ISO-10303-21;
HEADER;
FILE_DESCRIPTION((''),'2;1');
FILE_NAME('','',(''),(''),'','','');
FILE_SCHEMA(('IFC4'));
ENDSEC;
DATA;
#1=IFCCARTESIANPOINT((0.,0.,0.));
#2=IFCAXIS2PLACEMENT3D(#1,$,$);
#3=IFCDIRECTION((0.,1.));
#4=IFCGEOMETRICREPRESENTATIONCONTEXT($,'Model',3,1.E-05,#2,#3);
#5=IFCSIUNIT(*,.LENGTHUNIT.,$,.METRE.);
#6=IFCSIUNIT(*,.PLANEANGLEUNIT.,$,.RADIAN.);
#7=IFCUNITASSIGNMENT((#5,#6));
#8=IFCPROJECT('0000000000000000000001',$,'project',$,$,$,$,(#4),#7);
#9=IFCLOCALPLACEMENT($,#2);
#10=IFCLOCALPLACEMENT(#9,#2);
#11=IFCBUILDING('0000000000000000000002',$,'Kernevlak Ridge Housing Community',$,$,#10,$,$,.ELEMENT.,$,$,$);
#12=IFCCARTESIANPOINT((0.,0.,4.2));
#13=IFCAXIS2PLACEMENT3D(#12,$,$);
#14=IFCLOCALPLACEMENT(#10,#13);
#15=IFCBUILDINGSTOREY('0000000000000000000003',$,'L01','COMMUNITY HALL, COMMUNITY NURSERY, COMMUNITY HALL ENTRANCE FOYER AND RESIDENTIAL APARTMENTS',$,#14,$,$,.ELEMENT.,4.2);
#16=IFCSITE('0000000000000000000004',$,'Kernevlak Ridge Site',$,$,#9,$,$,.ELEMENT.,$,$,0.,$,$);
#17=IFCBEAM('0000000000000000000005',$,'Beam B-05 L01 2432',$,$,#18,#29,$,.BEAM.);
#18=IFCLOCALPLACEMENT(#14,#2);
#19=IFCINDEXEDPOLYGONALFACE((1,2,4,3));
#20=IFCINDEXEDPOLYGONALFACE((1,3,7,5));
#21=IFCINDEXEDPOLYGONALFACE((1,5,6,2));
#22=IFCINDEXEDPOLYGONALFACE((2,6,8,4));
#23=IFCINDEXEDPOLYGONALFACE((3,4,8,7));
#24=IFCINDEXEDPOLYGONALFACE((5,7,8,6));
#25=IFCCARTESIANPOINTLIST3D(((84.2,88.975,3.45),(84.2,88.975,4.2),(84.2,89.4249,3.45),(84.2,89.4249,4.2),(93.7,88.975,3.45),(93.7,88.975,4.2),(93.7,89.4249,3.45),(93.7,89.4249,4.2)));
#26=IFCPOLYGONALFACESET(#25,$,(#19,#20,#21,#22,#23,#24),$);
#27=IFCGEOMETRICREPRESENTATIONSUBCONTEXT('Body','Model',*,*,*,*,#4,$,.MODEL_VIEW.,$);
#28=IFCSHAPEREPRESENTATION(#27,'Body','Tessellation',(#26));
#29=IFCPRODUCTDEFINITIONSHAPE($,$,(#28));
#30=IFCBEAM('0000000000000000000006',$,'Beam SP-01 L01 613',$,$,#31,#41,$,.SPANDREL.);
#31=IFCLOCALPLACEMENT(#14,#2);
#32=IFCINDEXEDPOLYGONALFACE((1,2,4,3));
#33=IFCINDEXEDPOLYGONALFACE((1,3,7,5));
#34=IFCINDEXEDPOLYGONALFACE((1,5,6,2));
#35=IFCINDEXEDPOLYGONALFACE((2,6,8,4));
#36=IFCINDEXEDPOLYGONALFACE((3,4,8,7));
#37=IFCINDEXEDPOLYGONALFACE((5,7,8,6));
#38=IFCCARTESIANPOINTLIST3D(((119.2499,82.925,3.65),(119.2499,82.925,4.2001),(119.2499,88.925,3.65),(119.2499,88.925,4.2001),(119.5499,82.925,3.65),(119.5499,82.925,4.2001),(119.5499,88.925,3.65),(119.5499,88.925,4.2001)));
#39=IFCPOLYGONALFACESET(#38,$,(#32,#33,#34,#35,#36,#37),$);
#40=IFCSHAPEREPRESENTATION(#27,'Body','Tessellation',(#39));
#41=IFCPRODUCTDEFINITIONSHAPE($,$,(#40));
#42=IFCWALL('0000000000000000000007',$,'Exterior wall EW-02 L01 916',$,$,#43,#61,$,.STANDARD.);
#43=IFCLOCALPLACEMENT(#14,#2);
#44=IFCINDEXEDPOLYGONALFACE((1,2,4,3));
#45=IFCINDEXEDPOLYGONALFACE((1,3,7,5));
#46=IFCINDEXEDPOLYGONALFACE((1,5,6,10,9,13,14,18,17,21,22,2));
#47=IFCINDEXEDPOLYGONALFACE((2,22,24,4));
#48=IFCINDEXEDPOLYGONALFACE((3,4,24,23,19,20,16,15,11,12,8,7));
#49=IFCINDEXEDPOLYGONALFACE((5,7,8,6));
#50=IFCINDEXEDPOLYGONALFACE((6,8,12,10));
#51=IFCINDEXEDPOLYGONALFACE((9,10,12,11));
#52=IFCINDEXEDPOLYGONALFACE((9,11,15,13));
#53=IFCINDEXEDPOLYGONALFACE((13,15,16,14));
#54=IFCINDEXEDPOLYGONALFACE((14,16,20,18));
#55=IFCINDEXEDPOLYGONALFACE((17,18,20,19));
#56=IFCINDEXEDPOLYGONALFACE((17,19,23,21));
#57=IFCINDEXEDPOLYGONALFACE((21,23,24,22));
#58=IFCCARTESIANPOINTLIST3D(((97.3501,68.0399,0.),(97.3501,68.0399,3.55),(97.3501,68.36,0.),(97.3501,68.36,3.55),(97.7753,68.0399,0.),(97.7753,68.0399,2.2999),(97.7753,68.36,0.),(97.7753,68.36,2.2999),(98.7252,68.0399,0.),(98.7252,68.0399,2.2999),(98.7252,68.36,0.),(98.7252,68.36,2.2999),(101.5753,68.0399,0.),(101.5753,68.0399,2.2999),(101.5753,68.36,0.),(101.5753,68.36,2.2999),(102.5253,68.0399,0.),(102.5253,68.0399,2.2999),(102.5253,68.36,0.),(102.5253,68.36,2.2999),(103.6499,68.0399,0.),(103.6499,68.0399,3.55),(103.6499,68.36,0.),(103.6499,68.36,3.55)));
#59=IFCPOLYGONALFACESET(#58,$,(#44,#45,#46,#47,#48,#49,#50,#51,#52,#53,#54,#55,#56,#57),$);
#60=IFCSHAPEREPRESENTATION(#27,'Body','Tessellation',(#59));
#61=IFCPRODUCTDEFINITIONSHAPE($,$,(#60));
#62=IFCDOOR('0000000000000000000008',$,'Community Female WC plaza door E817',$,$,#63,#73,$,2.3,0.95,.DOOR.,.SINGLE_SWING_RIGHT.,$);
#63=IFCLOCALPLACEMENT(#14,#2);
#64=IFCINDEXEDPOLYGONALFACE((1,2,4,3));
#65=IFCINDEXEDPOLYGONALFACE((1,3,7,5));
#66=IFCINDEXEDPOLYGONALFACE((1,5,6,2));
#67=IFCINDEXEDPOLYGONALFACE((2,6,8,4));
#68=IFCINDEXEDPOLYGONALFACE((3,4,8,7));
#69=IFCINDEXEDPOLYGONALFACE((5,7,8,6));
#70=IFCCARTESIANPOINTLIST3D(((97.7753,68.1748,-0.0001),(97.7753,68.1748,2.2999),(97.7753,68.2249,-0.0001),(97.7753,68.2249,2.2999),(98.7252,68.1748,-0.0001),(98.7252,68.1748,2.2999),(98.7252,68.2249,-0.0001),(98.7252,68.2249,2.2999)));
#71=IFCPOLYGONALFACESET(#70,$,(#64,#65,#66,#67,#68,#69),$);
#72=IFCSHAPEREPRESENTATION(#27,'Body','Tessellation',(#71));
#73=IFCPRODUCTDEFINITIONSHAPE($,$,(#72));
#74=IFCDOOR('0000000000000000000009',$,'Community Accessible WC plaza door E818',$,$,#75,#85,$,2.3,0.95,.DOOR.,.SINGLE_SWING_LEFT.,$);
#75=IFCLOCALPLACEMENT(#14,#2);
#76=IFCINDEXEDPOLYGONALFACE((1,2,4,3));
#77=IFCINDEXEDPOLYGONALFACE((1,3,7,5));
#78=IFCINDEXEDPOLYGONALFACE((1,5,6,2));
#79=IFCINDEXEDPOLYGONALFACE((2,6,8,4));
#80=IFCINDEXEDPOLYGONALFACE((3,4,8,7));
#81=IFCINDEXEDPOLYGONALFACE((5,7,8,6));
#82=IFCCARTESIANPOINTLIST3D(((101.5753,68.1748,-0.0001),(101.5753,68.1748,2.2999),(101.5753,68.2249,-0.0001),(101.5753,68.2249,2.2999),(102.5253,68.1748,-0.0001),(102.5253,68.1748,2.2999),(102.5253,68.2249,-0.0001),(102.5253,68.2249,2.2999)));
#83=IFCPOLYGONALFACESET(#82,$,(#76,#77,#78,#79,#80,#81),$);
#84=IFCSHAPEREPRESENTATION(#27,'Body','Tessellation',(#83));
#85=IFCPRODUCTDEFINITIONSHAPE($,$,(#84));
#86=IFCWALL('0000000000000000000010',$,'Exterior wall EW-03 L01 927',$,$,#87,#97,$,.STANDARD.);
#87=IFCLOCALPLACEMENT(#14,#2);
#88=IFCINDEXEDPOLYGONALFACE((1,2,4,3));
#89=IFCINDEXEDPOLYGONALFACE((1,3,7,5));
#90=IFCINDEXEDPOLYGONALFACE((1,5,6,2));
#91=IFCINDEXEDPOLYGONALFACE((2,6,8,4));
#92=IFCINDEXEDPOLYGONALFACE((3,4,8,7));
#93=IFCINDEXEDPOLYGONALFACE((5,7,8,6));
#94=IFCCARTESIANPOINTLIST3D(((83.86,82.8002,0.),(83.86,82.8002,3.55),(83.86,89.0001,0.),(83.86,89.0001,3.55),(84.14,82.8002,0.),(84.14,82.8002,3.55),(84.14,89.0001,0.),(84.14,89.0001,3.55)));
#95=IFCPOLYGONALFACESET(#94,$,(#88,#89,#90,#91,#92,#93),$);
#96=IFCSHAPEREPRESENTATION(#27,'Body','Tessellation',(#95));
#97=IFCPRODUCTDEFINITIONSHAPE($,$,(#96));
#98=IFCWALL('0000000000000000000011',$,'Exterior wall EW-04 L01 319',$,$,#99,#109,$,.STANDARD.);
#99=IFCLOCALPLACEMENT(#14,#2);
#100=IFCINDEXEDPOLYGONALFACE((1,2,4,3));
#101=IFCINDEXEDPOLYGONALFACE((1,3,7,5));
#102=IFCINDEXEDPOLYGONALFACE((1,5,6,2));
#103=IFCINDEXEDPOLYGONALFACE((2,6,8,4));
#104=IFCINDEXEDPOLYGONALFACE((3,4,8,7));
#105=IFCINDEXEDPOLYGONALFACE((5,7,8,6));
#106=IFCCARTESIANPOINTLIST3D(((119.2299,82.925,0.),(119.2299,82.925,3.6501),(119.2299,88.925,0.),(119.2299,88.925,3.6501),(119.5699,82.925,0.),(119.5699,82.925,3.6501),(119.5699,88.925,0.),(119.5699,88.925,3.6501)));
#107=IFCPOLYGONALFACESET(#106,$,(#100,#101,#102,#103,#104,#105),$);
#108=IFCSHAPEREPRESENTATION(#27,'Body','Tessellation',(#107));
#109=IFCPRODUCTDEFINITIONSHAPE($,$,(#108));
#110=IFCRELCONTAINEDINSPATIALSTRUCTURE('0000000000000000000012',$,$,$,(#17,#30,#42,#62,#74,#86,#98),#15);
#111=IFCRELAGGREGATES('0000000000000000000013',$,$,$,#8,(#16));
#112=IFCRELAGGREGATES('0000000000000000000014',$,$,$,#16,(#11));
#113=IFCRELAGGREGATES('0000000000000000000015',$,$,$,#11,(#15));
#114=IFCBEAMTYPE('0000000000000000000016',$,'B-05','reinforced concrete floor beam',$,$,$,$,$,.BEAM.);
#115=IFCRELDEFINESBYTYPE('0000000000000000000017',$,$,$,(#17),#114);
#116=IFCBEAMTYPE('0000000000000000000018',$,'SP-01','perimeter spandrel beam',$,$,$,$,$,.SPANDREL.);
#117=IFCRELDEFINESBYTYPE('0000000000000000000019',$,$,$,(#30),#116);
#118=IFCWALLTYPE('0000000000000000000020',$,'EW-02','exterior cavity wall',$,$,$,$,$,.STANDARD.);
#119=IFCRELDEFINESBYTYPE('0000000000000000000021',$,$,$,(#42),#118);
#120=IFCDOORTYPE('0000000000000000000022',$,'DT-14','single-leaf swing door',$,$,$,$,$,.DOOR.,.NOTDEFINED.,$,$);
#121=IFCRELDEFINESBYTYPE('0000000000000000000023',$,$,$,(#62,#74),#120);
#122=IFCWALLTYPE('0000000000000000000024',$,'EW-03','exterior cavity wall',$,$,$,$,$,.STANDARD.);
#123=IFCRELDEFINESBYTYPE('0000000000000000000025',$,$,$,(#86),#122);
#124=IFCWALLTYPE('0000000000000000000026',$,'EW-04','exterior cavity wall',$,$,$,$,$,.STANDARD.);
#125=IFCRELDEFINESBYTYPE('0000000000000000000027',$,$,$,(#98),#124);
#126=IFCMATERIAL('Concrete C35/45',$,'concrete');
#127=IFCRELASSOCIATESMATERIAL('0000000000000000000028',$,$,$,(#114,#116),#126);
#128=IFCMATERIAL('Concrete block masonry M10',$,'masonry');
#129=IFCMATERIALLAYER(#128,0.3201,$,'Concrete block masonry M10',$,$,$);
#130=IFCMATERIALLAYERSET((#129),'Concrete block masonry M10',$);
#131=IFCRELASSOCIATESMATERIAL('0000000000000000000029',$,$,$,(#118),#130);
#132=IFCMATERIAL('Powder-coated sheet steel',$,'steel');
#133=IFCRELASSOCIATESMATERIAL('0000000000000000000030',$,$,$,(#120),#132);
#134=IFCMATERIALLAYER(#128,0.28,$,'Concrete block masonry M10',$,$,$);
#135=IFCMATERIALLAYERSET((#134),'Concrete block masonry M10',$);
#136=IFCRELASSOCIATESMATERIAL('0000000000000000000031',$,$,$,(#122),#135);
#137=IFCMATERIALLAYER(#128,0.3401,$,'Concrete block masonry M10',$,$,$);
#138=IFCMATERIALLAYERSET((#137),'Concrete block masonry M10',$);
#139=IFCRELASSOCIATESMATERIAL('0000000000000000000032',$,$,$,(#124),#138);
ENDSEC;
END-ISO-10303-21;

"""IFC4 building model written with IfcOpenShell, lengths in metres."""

from ifc_helpers import new_model, si_unit, direction, frame, frame_2d, origin, origin_2d, place, context, subcontext, project, spatial, rectangle, extrude, material, layer, layer_set, material_profile, profile_set, type_object, element, fill, save


model = new_model("IFC4")

# Units and contexts
model_context = context("Model", 3, precision=1e-05, world=origin(), true_north=direction((0.0, 1.0)))
body_context = subcontext(model_context, "Body", "Model", "MODEL_VIEW")
ifc_project = project(units=[si_unit("LENGTHUNIT", "METRE"), si_unit("PLANEANGLEUNIT", "RADIAN")], contexts=[model_context])

# Site, building, storey
site_placement = place(None, origin())
site = spatial("IfcSite", under=ifc_project, at=site_placement, Name="Kernevlak Ridge Site", CompositionType="ELEMENT", RefElevation=0.0)
building_placement = place(site_placement, origin())
building = spatial("IfcBuilding", under=site, at=building_placement, Name="Kernevlak Ridge Housing Community", CompositionType="ELEMENT")
storey_placement = place(building_placement, frame((0.0, 0.0, 4.2)))
storey = spatial("IfcBuildingStorey", under=building, at=storey_placement, Name="L01", Description="COMMUNITY HALL, COMMUNITY NURSERY, COMMUNITY HALL ENTRANCE FOYER AND RESIDENTIAL APARTMENTS", CompositionType="ELEMENT", Elevation=4.2)

# Shared definitions
ifc_material_1 = material(Name="Concrete C35/45", Category="concrete")

# Beams
ifc_material_profile_1 = material_profile(ifc_material_1, rectangle(XDim=0.45, YDim=0.75, at=origin_2d()), Name="RC 450x750")
ifc_profile_set_1 = profile_set([ifc_material_profile_1], Name="Concrete C35/45")
beam_type_1 = type_object("IfcBeamType", Name="B-05", Description="reinforced concrete floor beam", PredefinedType="BEAM", material=ifc_profile_set_1)
for number, where, z_axis, x_axis, name in (
    (1, (84.2, 89.2, 3.825), (1.0, 0.0, 0.0), (0.0, 1.0, 0.0), "Beam B-05 L01 2432"),
):
    element("IfcBeam", number, at=place(storey_placement, frame(where, z_axis=z_axis, x_axis=x_axis)), inside=storey, type_object=beam_type_1, Name=name, PredefinedType="BEAM", context=body_context, shape_type="SweptSolid", body=[
        extrude(rectangle(XDim=0.45, YDim=0.75, at=origin_2d()), origin(), (0.0, 0.0, 1.0), 9.5),
    ])
ifc_material_profile_2 = material_profile(ifc_material_1, rectangle(XDim=0.3, YDim=0.55, at=origin_2d()), Name="RC 300x550")
ifc_profile_set_2 = profile_set([ifc_material_profile_2], Name="Concrete C35/45")
beam_type_2 = type_object("IfcBeamType", Name="SP-01", Description="perimeter spandrel beam", PredefinedType="SPANDREL", material=ifc_profile_set_2)
beam_1_placement = place(storey_placement, frame((119.3999, 82.925, 3.925), z_axis=(0.0, 1.0, 0.0), x_axis=(-1.0, 0.0, 0.0)))
element("IfcBeam", 2, at=beam_1_placement, inside=storey, type_object=beam_type_2, Name="Beam SP-01 L01 613", PredefinedType="SPANDREL", context=body_context, shape_type="SweptSolid", body=[
    extrude(rectangle(XDim=0.3, YDim=0.55, at=origin_2d()), origin(), (0.0, 0.0, 1.0), 6.0),
])

# Wall, openings, doors
ifc_material_2 = material(Name="Concrete block masonry M10", Category="masonry")
ifc_layer_1 = layer(ifc_material_2, 0.3201, Name="Concrete block masonry M10")
ifc_layer_set_1 = layer_set([ifc_layer_1], Name="Concrete block masonry M10")
wall_type_1 = type_object("IfcWallType", Name="EW-02", Description="exterior cavity wall", PredefinedType="STANDARD", material=ifc_layer_set_1)
wall_1_placement = place(storey_placement, frame((97.3501, 68.2, 0.0), z_axis=(0.0, 0.0, 1.0), x_axis=(1.0, 0.0, 0.0)))
wall_1 = element("IfcWall", 3, at=wall_1_placement, inside=storey, type_object=wall_type_1, Name="Exterior wall EW-02 L01 916", PredefinedType="STANDARD", context=body_context, shape_type="SweptSolid", body=[
    extrude(rectangle(XDim=6.2998, YDim=0.3201, at=frame_2d((3.1499, 0.0))), origin(), (0.0, 0.0, 1.0), 3.55),
])
opening_1_placement = place(wall_1_placement, frame((0.425, 0.0, 0.0)))
opening_1 = element("IfcOpeningElement", 4, at=opening_1_placement, cuts=wall_1, PredefinedType="OPENING", context=body_context, shape_type="SweptSolid", body=[
    extrude(rectangle(XDim=0.95, YDim=2.3, at=frame_2d((0.4751, 1.1499))), frame((0.0, 0.1699, 0.0), z_axis=(0.0, -1.0, 0.0), x_axis=(1.0, 0.0, 0.0)), (0.0, 0.0, 1.0), 0.3401),
])
opening_2_placement = place(wall_1_placement, frame((4.2251, 0.0, 0.0)))
opening_2 = element("IfcOpeningElement", 5, at=opening_2_placement, cuts=wall_1, PredefinedType="OPENING", context=body_context, shape_type="SweptSolid", body=[
    extrude(rectangle(XDim=0.95, YDim=2.3, at=frame_2d((0.4751, 1.1499))), frame((0.0, 0.1699, 0.0), z_axis=(0.0, -1.0, 0.0), x_axis=(1.0, 0.0, 0.0)), (0.0, 0.0, 1.0), 0.3401),
])
ifc_material_3 = material(Name="Powder-coated sheet steel", Category="steel")
door_type_1 = type_object("IfcDoorType", Name="DT-14", Description="single-leaf swing door", OperationType="NOTDEFINED", PredefinedType="DOOR", material=ifc_material_3)
door_1_placement = place(opening_1_placement, origin())
door_1 = element("IfcDoor", 6, at=door_1_placement, inside=storey, type_object=door_type_1, Name="Community Female WC plaza door E817", OperationType="SINGLE_SWING_RIGHT", OverallHeight=2.3, OverallWidth=0.95, PredefinedType="DOOR", context=body_context, shape_type="SweptSolid", body=[
    extrude(rectangle(XDim=0.95, YDim=2.3, at=frame_2d((0.4751, 1.1499))), frame((0.0, 0.0249, 0.0), z_axis=(0.0, -1.0, 0.0), x_axis=(1.0, 0.0, 0.0)), (0.0, 0.0, 1.0), 0.05),
])
fill(opening_1, door_1)
door_2_placement = place(opening_2_placement, origin())
door_2 = element("IfcDoor", 7, at=door_2_placement, inside=storey, type_object=door_type_1, Name="Community Accessible WC plaza door E818", OperationType="SINGLE_SWING_LEFT", OverallHeight=2.3, OverallWidth=0.95, PredefinedType="DOOR", context=body_context, shape_type="SweptSolid", body=[
    extrude(rectangle(XDim=0.95, YDim=2.3, at=frame_2d((0.4751, 1.1499))), frame((0.0, 0.0249, 0.0), z_axis=(0.0, -1.0, 0.0), x_axis=(1.0, 0.0, 0.0)), (0.0, 0.0, 1.0), 0.05),
])
fill(opening_2, door_2)

# Wall
ifc_layer_2 = layer(ifc_material_2, 0.28, Name="Concrete block masonry M10")
ifc_layer_set_2 = layer_set([ifc_layer_2], Name="Concrete block masonry M10")
wall_type_2 = type_object("IfcWallType", Name="EW-03", Description="exterior cavity wall", PredefinedType="STANDARD", material=ifc_layer_set_2)
wall_2_placement = place(storey_placement, frame((84.0, 82.8, 0.0), z_axis=(0.0, 0.0, 1.0), x_axis=(0.0, 1.0, 0.0)))
element("IfcWall", 8, at=wall_2_placement, inside=storey, type_object=wall_type_2, Name="Exterior wall EW-03 L01 927", PredefinedType="STANDARD", context=body_context, shape_type="SweptSolid", body=[
    extrude(rectangle(XDim=6.2, YDim=0.28, at=frame_2d((3.1001, 0.0))), origin(), (0.0, 0.0, 1.0), 3.55),
])

# Wall
ifc_layer_3 = layer(ifc_material_2, 0.3401, Name="Concrete block masonry M10")
ifc_layer_set_3 = layer_set([ifc_layer_3], Name="Concrete block masonry M10")
wall_type_3 = type_object("IfcWallType", Name="EW-04", Description="exterior cavity wall", PredefinedType="STANDARD", material=ifc_layer_set_3)
wall_3_placement = place(storey_placement, frame((119.3999, 82.925, 0.0), z_axis=(0.0, 0.0, 1.0), x_axis=(0.0, 1.0, 0.0)))
element("IfcWall", 9, at=wall_3_placement, inside=storey, type_object=wall_type_3, Name="Exterior wall EW-04 L01 319", PredefinedType="STANDARD", context=body_context, shape_type="SweptSolid", body=[
    extrude(rectangle(XDim=6.0, YDim=0.3401, at=frame_2d((3.0, 0.0))), origin(), (0.0, 0.0, 1.0), 3.6501),
])

save(model, "model.ifc")
